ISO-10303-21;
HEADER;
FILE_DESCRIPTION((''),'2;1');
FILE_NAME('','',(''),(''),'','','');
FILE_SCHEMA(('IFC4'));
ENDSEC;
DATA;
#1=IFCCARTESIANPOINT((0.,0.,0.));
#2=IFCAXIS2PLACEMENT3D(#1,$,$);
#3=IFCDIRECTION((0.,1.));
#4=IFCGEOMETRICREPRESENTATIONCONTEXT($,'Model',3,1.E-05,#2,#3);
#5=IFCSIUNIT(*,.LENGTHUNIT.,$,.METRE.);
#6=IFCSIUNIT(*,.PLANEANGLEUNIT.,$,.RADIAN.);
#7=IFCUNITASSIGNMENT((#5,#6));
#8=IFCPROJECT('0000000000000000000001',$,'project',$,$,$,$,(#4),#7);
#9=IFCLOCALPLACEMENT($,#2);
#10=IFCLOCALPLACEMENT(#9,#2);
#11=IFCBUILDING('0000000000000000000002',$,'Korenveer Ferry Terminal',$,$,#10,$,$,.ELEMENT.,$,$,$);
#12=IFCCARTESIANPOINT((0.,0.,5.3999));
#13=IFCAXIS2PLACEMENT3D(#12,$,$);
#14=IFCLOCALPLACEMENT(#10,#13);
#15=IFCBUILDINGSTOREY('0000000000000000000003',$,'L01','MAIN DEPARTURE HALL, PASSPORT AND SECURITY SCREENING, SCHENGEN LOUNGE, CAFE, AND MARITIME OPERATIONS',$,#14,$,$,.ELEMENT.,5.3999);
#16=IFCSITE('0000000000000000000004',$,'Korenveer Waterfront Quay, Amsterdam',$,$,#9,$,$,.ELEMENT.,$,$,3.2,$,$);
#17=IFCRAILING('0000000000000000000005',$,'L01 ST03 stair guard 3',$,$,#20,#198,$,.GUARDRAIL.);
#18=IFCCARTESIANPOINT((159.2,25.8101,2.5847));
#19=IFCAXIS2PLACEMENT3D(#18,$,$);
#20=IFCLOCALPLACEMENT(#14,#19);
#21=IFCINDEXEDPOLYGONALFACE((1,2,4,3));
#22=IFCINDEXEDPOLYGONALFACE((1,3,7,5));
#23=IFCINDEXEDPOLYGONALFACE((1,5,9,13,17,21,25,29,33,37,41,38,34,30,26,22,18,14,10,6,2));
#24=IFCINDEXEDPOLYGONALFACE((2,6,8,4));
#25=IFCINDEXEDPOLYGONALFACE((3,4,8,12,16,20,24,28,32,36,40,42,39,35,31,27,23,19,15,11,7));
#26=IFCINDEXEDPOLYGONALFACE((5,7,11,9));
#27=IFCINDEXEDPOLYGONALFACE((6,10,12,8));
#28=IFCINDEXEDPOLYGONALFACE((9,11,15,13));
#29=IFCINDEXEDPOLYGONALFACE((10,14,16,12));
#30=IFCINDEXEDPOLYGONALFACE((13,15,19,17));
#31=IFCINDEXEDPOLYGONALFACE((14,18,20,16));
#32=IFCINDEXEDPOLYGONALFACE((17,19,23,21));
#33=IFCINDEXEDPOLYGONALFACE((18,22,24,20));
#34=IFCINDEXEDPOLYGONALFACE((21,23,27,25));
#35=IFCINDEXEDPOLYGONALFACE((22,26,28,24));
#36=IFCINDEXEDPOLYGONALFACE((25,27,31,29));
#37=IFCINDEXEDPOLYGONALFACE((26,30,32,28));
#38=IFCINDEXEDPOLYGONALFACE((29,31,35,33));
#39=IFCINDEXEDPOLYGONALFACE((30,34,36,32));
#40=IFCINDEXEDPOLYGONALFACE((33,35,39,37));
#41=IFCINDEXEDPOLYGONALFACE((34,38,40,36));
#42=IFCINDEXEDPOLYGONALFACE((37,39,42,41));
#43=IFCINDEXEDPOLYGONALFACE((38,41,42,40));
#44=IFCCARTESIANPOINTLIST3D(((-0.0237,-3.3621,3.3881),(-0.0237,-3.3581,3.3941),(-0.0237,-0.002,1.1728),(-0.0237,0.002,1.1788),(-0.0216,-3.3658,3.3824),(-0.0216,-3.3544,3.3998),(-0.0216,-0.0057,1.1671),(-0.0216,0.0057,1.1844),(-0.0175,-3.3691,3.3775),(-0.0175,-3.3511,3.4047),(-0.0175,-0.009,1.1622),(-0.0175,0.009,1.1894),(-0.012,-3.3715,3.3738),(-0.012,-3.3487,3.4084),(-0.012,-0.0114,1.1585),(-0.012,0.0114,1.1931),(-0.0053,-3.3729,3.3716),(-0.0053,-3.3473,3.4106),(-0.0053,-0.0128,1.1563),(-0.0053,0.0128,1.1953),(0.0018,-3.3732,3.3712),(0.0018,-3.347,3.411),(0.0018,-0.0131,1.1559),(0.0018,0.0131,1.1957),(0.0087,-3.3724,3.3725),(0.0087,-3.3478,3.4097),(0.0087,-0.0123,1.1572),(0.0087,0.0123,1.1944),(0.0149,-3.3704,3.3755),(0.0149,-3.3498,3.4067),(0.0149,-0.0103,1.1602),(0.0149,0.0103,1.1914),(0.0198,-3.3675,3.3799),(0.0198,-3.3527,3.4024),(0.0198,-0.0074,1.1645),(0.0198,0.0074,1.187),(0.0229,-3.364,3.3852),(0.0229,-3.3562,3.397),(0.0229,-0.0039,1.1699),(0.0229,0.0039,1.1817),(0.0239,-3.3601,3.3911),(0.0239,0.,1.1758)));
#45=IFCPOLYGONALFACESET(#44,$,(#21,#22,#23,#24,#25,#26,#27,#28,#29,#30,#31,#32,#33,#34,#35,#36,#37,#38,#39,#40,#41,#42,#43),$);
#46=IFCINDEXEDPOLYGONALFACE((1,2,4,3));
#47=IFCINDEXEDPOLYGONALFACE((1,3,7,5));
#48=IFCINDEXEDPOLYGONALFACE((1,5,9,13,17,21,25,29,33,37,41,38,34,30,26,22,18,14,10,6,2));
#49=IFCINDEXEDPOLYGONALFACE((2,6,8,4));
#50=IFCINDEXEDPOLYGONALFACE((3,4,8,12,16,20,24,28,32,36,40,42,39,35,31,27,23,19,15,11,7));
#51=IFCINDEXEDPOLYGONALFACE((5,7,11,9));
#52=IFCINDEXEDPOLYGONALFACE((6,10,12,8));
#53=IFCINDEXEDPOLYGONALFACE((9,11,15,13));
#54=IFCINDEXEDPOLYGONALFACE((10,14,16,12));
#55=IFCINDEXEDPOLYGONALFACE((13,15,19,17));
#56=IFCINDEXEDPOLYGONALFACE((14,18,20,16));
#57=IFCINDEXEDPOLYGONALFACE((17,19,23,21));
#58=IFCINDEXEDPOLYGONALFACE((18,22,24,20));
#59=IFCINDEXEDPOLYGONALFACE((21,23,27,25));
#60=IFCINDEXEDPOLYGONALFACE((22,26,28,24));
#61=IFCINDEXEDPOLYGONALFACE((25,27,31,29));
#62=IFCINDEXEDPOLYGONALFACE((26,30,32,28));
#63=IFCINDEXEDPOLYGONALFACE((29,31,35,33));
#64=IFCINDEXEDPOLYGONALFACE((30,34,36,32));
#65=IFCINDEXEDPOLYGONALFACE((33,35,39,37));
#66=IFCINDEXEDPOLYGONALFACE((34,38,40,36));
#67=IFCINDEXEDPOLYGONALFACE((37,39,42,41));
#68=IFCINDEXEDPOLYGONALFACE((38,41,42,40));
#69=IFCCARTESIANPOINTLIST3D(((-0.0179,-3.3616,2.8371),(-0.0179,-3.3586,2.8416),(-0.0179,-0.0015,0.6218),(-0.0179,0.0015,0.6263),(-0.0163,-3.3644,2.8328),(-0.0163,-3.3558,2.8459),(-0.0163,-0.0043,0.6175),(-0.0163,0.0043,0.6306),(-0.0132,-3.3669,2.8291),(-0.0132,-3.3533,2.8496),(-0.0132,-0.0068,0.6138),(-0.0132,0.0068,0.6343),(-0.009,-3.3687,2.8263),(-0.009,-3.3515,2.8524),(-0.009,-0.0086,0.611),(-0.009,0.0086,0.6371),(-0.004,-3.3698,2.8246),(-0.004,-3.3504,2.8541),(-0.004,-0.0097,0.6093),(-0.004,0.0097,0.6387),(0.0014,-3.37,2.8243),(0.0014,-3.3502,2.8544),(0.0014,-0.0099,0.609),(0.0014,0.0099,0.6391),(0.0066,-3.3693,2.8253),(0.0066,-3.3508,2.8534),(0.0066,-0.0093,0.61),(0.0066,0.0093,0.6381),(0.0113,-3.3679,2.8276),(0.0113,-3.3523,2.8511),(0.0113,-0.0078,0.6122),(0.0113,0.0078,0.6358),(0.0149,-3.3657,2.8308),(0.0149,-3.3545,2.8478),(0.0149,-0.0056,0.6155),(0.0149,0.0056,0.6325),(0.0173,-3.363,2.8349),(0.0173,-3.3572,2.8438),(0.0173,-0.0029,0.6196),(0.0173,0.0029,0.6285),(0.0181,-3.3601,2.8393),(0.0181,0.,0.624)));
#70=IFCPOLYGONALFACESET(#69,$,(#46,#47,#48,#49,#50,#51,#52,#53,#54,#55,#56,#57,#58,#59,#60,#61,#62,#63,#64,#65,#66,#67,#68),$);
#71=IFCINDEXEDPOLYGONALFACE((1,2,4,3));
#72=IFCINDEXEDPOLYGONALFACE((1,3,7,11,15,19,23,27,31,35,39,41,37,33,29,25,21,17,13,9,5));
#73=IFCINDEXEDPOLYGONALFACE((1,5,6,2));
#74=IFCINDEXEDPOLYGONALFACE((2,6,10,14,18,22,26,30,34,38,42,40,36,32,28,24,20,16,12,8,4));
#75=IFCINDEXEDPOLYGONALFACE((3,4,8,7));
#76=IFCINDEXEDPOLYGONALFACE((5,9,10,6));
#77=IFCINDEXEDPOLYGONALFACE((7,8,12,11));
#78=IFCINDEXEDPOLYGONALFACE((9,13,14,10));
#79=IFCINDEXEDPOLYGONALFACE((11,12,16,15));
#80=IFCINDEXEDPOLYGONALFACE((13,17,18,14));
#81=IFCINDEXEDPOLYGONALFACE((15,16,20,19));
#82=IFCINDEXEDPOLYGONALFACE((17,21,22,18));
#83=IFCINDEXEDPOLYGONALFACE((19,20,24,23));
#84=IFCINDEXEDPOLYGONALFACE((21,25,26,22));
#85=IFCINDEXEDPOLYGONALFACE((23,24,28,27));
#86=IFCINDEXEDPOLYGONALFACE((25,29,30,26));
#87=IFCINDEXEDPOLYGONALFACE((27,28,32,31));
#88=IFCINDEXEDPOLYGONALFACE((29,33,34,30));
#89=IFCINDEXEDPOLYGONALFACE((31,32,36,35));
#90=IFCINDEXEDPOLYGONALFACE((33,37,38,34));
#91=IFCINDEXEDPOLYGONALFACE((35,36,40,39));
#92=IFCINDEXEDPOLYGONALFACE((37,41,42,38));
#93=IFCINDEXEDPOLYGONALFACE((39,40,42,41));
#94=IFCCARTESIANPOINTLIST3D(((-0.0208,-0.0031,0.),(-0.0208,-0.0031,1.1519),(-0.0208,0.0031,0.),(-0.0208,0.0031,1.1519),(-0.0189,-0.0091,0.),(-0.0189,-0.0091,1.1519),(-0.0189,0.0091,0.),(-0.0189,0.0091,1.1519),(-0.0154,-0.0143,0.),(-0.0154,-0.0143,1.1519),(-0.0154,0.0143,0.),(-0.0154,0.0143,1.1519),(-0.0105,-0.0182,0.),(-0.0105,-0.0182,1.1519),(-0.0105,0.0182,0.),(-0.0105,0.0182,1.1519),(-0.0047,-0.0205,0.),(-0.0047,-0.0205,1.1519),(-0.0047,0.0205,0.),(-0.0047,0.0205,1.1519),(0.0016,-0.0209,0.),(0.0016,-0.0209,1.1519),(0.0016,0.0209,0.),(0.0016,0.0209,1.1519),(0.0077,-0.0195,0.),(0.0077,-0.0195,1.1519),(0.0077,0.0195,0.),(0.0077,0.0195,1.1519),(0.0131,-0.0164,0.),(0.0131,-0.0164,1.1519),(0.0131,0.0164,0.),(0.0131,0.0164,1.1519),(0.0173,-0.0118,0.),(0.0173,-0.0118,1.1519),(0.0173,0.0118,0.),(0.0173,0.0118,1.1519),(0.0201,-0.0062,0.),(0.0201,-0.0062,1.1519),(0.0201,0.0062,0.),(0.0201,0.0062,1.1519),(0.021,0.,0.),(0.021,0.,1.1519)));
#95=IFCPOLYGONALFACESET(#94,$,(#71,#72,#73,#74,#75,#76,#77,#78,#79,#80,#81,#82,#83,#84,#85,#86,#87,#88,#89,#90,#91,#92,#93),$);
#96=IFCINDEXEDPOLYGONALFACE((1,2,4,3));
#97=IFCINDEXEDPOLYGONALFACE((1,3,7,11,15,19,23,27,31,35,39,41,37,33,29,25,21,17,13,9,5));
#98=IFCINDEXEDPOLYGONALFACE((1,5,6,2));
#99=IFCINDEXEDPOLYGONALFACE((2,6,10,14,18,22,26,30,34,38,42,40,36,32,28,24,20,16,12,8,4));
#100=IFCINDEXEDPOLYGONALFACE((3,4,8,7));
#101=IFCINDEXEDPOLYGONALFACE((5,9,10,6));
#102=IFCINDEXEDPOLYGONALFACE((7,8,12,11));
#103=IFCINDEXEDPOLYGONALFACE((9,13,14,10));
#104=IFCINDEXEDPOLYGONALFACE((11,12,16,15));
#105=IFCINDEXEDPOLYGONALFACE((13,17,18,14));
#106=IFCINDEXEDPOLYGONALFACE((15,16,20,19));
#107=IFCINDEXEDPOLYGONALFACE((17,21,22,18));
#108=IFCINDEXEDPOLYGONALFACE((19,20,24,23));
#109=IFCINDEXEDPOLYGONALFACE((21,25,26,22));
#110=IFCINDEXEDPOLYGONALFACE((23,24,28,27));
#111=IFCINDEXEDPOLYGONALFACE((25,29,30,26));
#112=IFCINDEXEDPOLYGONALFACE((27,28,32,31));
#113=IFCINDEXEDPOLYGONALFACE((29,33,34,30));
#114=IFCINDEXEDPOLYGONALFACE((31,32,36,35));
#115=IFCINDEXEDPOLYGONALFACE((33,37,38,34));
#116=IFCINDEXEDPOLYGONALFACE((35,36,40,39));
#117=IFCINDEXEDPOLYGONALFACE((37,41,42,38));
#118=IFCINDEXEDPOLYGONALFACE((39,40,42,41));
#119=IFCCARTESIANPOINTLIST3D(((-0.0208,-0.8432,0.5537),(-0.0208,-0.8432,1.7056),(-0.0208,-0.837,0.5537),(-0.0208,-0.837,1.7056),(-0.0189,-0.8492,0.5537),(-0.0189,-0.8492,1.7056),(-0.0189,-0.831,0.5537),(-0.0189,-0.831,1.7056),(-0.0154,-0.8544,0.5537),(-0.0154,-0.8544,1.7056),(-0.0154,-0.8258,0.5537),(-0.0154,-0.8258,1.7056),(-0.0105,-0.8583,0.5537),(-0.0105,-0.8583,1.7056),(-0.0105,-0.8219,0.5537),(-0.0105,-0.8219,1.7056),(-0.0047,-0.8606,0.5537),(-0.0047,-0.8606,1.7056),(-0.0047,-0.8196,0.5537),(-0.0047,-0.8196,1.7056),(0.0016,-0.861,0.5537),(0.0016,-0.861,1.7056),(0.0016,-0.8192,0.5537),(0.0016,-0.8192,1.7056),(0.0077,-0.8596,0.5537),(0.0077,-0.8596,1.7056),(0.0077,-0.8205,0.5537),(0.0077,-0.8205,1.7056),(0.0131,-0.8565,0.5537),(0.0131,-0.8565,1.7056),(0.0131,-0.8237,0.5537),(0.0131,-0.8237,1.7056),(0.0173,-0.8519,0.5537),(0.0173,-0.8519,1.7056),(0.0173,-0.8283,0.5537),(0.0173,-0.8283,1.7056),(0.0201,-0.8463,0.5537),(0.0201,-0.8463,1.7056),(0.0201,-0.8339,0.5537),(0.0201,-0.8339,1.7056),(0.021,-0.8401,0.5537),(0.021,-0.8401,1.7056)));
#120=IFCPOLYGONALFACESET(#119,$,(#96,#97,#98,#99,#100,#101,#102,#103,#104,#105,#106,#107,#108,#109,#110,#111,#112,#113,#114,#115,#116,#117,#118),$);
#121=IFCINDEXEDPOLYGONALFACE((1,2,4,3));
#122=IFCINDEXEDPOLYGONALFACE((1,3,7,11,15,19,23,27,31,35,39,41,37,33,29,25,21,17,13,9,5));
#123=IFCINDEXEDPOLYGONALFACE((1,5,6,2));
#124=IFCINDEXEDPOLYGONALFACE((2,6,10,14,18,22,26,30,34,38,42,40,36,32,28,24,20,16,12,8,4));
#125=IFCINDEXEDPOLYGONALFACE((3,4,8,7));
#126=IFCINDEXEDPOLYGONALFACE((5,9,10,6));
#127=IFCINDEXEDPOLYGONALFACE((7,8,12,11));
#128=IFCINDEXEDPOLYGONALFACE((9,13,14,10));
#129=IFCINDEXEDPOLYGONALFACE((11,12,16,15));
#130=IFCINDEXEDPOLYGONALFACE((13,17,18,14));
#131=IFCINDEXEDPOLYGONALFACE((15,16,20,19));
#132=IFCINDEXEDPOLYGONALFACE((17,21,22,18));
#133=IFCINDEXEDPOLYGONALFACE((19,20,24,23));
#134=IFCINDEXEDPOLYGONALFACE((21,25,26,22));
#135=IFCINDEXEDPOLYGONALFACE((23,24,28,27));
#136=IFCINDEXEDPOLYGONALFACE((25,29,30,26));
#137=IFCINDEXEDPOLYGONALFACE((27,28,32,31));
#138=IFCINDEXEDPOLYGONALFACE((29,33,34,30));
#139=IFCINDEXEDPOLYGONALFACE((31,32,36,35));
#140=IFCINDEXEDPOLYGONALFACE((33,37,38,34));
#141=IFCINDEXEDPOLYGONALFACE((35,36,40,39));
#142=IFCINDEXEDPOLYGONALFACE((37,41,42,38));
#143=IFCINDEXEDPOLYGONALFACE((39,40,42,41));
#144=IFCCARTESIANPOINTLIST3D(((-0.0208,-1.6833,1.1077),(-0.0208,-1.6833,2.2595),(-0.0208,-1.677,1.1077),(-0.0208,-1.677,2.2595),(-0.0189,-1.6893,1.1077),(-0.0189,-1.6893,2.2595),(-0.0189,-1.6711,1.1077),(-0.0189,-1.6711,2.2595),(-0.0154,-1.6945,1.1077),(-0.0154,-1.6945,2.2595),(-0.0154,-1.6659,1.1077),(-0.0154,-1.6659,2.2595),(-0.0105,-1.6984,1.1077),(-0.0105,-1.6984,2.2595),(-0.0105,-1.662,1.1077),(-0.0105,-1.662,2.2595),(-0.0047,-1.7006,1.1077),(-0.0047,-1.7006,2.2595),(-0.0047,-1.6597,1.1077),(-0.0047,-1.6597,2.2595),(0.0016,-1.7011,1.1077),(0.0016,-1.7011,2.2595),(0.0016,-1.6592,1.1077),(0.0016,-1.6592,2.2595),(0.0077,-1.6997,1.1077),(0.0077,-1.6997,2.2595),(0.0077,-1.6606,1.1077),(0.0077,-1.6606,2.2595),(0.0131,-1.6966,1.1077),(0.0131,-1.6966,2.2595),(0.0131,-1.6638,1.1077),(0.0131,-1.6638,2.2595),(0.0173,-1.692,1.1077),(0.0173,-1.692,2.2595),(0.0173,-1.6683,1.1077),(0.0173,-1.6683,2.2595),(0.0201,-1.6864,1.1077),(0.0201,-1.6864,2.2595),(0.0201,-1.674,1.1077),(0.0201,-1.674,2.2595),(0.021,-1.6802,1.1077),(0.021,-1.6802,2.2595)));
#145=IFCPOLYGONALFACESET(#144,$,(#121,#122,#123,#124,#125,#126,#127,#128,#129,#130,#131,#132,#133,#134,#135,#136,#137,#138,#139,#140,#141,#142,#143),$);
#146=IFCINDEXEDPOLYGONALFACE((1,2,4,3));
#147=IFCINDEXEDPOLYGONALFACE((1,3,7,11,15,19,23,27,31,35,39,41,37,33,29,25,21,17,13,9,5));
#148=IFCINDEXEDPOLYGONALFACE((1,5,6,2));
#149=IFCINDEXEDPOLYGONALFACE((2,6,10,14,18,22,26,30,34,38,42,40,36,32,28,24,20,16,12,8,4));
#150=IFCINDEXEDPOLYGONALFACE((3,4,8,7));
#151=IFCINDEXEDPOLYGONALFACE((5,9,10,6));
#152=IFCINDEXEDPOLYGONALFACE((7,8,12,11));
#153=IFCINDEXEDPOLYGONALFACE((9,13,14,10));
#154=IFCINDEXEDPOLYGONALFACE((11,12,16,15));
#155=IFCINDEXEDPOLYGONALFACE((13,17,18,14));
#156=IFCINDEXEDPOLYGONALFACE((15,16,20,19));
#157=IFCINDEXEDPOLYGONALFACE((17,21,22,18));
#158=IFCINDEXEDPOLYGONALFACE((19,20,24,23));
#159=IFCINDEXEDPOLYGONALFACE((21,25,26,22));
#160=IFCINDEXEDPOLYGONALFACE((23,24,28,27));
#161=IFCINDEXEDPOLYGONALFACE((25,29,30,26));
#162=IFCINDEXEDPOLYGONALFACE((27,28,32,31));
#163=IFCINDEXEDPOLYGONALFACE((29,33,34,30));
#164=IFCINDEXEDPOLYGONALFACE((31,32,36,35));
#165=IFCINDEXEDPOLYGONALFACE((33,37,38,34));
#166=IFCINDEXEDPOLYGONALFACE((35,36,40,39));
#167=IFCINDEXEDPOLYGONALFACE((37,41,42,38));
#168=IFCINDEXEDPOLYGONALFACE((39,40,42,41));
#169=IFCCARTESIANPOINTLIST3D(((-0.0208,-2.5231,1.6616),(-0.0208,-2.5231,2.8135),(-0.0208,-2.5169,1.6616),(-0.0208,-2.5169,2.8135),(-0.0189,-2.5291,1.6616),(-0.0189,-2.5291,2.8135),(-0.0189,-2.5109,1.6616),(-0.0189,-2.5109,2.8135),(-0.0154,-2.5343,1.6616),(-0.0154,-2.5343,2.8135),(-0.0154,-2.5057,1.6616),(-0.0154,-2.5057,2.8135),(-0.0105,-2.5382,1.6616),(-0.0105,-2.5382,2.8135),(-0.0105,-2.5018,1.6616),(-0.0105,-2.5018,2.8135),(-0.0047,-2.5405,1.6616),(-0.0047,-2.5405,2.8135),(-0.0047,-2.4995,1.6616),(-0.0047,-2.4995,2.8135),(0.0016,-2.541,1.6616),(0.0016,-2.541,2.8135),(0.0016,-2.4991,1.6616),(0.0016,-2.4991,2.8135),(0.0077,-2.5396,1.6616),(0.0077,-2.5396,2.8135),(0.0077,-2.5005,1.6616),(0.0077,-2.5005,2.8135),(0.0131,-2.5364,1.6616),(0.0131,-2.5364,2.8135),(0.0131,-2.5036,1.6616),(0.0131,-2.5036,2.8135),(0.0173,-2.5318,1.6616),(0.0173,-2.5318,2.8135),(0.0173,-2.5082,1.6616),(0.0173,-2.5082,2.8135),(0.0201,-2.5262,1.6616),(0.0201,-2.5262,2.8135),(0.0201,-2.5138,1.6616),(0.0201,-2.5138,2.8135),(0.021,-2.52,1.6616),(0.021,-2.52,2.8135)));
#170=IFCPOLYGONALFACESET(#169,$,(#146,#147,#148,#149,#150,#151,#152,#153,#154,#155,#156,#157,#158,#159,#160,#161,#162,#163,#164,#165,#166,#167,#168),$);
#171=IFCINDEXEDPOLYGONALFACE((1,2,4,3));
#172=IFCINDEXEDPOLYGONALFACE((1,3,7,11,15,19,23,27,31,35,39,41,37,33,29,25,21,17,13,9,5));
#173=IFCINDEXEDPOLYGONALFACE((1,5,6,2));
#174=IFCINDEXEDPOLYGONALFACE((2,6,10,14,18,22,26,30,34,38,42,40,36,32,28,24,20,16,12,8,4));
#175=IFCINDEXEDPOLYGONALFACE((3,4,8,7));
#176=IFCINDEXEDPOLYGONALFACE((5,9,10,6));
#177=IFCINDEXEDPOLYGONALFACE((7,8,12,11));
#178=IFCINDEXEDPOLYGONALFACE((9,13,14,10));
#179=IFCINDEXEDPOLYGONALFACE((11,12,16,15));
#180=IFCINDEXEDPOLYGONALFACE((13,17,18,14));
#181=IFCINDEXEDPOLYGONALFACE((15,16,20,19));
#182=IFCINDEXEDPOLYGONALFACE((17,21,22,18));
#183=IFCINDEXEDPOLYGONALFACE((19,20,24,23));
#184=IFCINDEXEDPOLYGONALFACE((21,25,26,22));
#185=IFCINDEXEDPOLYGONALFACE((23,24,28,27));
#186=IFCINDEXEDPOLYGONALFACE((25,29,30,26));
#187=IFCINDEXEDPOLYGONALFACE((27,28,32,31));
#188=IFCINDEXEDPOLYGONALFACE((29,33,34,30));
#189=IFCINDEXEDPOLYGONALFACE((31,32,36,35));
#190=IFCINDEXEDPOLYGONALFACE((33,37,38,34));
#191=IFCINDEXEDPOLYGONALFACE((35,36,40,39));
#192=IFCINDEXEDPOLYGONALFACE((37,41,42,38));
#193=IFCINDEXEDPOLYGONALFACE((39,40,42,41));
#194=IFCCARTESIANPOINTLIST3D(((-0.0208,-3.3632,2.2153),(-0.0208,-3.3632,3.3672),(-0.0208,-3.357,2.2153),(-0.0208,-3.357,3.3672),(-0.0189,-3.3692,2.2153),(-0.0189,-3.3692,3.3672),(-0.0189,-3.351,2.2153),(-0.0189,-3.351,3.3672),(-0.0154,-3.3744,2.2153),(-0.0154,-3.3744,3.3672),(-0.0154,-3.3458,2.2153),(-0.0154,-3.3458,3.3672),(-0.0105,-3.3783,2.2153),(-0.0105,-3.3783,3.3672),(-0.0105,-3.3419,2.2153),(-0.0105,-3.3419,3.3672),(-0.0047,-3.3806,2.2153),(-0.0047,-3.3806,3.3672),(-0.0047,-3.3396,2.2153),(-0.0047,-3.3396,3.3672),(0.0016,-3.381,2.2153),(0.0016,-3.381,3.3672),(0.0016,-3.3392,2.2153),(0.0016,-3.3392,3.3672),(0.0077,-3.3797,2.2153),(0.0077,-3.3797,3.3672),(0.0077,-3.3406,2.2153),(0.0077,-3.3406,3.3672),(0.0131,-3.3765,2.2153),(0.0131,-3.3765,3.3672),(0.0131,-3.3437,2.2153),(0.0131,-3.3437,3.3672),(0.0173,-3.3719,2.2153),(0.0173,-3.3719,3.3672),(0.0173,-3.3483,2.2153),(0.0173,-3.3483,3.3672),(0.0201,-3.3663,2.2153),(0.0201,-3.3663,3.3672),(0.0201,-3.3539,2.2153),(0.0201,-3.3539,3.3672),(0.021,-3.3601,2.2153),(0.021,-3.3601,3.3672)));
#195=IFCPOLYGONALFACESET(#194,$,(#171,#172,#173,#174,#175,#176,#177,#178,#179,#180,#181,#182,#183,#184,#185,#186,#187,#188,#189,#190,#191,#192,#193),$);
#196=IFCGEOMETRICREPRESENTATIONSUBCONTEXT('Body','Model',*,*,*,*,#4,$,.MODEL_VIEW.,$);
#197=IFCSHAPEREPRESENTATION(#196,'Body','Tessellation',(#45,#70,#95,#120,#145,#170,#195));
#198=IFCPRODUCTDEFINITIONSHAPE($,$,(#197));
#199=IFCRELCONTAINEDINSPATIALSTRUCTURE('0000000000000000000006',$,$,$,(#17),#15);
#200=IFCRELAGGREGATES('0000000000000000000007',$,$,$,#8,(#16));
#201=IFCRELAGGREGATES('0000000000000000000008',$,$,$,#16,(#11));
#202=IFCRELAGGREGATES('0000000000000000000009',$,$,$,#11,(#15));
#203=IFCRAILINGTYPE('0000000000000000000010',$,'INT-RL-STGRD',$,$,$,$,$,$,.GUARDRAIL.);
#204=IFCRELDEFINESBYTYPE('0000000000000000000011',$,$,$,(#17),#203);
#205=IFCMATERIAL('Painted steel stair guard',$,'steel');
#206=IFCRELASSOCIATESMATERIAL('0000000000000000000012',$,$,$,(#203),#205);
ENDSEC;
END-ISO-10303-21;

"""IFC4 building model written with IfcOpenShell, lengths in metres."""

from ifc_helpers import new_model, si_unit, direction, frame, origin, origin_2d, place, context, subcontext, project, spatial, circle, extrude, material, type_object, element, save


model = new_model("IFC4")

# Units and contexts
model_context = context("Model", 3, precision=1e-05, world=origin(), true_north=direction((0.0, 1.0)))
body_context = subcontext(model_context, "Body", "Model", "MODEL_VIEW")
ifc_project = project(units=[si_unit("LENGTHUNIT", "METRE"), si_unit("PLANEANGLEUNIT", "RADIAN")], contexts=[model_context])

# Site, building, storey
site_placement = place(None, origin())
site = spatial("IfcSite", under=ifc_project, at=site_placement, Name="Korenveer Waterfront Quay, Amsterdam", CompositionType="ELEMENT", RefElevation=3.2)
building_placement = place(site_placement, origin())
building = spatial("IfcBuilding", under=site, at=building_placement, Name="Korenveer Ferry Terminal", CompositionType="ELEMENT")
storey_placement = place(building_placement, frame((0.0, 0.0, 5.3999)))
storey = spatial("IfcBuildingStorey", under=building, at=storey_placement, Name="L01", Description="MAIN DEPARTURE HALL, PASSPORT AND SECURITY SCREENING, SCHENGEN LOUNGE, CAFE, AND MARITIME OPERATIONS", CompositionType="ELEMENT", Elevation=5.3999)

# Railing
ifc_material_1 = material(Name="Painted steel stair guard", Category="steel")
railing_type_1 = type_object("IfcRailingType", Name="INT-RL-STGRD", PredefinedType="GUARDRAIL", material=ifc_material_1)
railing_1_placement = place(storey_placement, frame((159.2, 25.8101, 2.5847)))
element("IfcRailing", 1, at=railing_1_placement, inside=storey, type_object=railing_type_1, Name="L01 ST03 stair guard 3", PredefinedType="GUARDRAIL", context=body_context, shape_type="SweptSolid", body=[
    extrude(circle(Radius=0.0239, at=origin_2d()), frame((0.0, 0.0, 1.1758), z_axis=(0.0, -0.834876, 0.550437), x_axis=(1.0, 0.0, 0.0)), (0.0, 0.0, 1.0), 4.0247),
    extrude(circle(Radius=0.0181, at=origin_2d()), frame((0.0, 0.0, 0.624), z_axis=(0.0, -0.834876, 0.550437), x_axis=(1.0, 0.0, 0.0)), (0.0, 0.0, 1.0), 4.0247),
    extrude(circle(Radius=0.021, at=origin_2d()), origin(), (0.0, 0.0, 1.0), 1.1519),
    extrude(circle(Radius=0.021, at=origin_2d()), frame((0.0, -0.8401, 0.5537)), (0.0, 0.0, 1.0), 1.1519),
    extrude(circle(Radius=0.021, at=origin_2d()), frame((0.0, -1.6802, 1.1077)), (0.0, 0.0, 1.0), 1.1519),
    extrude(circle(Radius=0.021, at=origin_2d()), frame((0.0, -2.52, 1.6616)), (0.0, 0.0, 1.0), 1.1519),
    extrude(circle(Radius=0.021, at=origin_2d()), frame((0.0, -3.3601, 2.2153)), (0.0, 0.0, 1.0), 1.1519),
])

save(model, "model.ifc")
